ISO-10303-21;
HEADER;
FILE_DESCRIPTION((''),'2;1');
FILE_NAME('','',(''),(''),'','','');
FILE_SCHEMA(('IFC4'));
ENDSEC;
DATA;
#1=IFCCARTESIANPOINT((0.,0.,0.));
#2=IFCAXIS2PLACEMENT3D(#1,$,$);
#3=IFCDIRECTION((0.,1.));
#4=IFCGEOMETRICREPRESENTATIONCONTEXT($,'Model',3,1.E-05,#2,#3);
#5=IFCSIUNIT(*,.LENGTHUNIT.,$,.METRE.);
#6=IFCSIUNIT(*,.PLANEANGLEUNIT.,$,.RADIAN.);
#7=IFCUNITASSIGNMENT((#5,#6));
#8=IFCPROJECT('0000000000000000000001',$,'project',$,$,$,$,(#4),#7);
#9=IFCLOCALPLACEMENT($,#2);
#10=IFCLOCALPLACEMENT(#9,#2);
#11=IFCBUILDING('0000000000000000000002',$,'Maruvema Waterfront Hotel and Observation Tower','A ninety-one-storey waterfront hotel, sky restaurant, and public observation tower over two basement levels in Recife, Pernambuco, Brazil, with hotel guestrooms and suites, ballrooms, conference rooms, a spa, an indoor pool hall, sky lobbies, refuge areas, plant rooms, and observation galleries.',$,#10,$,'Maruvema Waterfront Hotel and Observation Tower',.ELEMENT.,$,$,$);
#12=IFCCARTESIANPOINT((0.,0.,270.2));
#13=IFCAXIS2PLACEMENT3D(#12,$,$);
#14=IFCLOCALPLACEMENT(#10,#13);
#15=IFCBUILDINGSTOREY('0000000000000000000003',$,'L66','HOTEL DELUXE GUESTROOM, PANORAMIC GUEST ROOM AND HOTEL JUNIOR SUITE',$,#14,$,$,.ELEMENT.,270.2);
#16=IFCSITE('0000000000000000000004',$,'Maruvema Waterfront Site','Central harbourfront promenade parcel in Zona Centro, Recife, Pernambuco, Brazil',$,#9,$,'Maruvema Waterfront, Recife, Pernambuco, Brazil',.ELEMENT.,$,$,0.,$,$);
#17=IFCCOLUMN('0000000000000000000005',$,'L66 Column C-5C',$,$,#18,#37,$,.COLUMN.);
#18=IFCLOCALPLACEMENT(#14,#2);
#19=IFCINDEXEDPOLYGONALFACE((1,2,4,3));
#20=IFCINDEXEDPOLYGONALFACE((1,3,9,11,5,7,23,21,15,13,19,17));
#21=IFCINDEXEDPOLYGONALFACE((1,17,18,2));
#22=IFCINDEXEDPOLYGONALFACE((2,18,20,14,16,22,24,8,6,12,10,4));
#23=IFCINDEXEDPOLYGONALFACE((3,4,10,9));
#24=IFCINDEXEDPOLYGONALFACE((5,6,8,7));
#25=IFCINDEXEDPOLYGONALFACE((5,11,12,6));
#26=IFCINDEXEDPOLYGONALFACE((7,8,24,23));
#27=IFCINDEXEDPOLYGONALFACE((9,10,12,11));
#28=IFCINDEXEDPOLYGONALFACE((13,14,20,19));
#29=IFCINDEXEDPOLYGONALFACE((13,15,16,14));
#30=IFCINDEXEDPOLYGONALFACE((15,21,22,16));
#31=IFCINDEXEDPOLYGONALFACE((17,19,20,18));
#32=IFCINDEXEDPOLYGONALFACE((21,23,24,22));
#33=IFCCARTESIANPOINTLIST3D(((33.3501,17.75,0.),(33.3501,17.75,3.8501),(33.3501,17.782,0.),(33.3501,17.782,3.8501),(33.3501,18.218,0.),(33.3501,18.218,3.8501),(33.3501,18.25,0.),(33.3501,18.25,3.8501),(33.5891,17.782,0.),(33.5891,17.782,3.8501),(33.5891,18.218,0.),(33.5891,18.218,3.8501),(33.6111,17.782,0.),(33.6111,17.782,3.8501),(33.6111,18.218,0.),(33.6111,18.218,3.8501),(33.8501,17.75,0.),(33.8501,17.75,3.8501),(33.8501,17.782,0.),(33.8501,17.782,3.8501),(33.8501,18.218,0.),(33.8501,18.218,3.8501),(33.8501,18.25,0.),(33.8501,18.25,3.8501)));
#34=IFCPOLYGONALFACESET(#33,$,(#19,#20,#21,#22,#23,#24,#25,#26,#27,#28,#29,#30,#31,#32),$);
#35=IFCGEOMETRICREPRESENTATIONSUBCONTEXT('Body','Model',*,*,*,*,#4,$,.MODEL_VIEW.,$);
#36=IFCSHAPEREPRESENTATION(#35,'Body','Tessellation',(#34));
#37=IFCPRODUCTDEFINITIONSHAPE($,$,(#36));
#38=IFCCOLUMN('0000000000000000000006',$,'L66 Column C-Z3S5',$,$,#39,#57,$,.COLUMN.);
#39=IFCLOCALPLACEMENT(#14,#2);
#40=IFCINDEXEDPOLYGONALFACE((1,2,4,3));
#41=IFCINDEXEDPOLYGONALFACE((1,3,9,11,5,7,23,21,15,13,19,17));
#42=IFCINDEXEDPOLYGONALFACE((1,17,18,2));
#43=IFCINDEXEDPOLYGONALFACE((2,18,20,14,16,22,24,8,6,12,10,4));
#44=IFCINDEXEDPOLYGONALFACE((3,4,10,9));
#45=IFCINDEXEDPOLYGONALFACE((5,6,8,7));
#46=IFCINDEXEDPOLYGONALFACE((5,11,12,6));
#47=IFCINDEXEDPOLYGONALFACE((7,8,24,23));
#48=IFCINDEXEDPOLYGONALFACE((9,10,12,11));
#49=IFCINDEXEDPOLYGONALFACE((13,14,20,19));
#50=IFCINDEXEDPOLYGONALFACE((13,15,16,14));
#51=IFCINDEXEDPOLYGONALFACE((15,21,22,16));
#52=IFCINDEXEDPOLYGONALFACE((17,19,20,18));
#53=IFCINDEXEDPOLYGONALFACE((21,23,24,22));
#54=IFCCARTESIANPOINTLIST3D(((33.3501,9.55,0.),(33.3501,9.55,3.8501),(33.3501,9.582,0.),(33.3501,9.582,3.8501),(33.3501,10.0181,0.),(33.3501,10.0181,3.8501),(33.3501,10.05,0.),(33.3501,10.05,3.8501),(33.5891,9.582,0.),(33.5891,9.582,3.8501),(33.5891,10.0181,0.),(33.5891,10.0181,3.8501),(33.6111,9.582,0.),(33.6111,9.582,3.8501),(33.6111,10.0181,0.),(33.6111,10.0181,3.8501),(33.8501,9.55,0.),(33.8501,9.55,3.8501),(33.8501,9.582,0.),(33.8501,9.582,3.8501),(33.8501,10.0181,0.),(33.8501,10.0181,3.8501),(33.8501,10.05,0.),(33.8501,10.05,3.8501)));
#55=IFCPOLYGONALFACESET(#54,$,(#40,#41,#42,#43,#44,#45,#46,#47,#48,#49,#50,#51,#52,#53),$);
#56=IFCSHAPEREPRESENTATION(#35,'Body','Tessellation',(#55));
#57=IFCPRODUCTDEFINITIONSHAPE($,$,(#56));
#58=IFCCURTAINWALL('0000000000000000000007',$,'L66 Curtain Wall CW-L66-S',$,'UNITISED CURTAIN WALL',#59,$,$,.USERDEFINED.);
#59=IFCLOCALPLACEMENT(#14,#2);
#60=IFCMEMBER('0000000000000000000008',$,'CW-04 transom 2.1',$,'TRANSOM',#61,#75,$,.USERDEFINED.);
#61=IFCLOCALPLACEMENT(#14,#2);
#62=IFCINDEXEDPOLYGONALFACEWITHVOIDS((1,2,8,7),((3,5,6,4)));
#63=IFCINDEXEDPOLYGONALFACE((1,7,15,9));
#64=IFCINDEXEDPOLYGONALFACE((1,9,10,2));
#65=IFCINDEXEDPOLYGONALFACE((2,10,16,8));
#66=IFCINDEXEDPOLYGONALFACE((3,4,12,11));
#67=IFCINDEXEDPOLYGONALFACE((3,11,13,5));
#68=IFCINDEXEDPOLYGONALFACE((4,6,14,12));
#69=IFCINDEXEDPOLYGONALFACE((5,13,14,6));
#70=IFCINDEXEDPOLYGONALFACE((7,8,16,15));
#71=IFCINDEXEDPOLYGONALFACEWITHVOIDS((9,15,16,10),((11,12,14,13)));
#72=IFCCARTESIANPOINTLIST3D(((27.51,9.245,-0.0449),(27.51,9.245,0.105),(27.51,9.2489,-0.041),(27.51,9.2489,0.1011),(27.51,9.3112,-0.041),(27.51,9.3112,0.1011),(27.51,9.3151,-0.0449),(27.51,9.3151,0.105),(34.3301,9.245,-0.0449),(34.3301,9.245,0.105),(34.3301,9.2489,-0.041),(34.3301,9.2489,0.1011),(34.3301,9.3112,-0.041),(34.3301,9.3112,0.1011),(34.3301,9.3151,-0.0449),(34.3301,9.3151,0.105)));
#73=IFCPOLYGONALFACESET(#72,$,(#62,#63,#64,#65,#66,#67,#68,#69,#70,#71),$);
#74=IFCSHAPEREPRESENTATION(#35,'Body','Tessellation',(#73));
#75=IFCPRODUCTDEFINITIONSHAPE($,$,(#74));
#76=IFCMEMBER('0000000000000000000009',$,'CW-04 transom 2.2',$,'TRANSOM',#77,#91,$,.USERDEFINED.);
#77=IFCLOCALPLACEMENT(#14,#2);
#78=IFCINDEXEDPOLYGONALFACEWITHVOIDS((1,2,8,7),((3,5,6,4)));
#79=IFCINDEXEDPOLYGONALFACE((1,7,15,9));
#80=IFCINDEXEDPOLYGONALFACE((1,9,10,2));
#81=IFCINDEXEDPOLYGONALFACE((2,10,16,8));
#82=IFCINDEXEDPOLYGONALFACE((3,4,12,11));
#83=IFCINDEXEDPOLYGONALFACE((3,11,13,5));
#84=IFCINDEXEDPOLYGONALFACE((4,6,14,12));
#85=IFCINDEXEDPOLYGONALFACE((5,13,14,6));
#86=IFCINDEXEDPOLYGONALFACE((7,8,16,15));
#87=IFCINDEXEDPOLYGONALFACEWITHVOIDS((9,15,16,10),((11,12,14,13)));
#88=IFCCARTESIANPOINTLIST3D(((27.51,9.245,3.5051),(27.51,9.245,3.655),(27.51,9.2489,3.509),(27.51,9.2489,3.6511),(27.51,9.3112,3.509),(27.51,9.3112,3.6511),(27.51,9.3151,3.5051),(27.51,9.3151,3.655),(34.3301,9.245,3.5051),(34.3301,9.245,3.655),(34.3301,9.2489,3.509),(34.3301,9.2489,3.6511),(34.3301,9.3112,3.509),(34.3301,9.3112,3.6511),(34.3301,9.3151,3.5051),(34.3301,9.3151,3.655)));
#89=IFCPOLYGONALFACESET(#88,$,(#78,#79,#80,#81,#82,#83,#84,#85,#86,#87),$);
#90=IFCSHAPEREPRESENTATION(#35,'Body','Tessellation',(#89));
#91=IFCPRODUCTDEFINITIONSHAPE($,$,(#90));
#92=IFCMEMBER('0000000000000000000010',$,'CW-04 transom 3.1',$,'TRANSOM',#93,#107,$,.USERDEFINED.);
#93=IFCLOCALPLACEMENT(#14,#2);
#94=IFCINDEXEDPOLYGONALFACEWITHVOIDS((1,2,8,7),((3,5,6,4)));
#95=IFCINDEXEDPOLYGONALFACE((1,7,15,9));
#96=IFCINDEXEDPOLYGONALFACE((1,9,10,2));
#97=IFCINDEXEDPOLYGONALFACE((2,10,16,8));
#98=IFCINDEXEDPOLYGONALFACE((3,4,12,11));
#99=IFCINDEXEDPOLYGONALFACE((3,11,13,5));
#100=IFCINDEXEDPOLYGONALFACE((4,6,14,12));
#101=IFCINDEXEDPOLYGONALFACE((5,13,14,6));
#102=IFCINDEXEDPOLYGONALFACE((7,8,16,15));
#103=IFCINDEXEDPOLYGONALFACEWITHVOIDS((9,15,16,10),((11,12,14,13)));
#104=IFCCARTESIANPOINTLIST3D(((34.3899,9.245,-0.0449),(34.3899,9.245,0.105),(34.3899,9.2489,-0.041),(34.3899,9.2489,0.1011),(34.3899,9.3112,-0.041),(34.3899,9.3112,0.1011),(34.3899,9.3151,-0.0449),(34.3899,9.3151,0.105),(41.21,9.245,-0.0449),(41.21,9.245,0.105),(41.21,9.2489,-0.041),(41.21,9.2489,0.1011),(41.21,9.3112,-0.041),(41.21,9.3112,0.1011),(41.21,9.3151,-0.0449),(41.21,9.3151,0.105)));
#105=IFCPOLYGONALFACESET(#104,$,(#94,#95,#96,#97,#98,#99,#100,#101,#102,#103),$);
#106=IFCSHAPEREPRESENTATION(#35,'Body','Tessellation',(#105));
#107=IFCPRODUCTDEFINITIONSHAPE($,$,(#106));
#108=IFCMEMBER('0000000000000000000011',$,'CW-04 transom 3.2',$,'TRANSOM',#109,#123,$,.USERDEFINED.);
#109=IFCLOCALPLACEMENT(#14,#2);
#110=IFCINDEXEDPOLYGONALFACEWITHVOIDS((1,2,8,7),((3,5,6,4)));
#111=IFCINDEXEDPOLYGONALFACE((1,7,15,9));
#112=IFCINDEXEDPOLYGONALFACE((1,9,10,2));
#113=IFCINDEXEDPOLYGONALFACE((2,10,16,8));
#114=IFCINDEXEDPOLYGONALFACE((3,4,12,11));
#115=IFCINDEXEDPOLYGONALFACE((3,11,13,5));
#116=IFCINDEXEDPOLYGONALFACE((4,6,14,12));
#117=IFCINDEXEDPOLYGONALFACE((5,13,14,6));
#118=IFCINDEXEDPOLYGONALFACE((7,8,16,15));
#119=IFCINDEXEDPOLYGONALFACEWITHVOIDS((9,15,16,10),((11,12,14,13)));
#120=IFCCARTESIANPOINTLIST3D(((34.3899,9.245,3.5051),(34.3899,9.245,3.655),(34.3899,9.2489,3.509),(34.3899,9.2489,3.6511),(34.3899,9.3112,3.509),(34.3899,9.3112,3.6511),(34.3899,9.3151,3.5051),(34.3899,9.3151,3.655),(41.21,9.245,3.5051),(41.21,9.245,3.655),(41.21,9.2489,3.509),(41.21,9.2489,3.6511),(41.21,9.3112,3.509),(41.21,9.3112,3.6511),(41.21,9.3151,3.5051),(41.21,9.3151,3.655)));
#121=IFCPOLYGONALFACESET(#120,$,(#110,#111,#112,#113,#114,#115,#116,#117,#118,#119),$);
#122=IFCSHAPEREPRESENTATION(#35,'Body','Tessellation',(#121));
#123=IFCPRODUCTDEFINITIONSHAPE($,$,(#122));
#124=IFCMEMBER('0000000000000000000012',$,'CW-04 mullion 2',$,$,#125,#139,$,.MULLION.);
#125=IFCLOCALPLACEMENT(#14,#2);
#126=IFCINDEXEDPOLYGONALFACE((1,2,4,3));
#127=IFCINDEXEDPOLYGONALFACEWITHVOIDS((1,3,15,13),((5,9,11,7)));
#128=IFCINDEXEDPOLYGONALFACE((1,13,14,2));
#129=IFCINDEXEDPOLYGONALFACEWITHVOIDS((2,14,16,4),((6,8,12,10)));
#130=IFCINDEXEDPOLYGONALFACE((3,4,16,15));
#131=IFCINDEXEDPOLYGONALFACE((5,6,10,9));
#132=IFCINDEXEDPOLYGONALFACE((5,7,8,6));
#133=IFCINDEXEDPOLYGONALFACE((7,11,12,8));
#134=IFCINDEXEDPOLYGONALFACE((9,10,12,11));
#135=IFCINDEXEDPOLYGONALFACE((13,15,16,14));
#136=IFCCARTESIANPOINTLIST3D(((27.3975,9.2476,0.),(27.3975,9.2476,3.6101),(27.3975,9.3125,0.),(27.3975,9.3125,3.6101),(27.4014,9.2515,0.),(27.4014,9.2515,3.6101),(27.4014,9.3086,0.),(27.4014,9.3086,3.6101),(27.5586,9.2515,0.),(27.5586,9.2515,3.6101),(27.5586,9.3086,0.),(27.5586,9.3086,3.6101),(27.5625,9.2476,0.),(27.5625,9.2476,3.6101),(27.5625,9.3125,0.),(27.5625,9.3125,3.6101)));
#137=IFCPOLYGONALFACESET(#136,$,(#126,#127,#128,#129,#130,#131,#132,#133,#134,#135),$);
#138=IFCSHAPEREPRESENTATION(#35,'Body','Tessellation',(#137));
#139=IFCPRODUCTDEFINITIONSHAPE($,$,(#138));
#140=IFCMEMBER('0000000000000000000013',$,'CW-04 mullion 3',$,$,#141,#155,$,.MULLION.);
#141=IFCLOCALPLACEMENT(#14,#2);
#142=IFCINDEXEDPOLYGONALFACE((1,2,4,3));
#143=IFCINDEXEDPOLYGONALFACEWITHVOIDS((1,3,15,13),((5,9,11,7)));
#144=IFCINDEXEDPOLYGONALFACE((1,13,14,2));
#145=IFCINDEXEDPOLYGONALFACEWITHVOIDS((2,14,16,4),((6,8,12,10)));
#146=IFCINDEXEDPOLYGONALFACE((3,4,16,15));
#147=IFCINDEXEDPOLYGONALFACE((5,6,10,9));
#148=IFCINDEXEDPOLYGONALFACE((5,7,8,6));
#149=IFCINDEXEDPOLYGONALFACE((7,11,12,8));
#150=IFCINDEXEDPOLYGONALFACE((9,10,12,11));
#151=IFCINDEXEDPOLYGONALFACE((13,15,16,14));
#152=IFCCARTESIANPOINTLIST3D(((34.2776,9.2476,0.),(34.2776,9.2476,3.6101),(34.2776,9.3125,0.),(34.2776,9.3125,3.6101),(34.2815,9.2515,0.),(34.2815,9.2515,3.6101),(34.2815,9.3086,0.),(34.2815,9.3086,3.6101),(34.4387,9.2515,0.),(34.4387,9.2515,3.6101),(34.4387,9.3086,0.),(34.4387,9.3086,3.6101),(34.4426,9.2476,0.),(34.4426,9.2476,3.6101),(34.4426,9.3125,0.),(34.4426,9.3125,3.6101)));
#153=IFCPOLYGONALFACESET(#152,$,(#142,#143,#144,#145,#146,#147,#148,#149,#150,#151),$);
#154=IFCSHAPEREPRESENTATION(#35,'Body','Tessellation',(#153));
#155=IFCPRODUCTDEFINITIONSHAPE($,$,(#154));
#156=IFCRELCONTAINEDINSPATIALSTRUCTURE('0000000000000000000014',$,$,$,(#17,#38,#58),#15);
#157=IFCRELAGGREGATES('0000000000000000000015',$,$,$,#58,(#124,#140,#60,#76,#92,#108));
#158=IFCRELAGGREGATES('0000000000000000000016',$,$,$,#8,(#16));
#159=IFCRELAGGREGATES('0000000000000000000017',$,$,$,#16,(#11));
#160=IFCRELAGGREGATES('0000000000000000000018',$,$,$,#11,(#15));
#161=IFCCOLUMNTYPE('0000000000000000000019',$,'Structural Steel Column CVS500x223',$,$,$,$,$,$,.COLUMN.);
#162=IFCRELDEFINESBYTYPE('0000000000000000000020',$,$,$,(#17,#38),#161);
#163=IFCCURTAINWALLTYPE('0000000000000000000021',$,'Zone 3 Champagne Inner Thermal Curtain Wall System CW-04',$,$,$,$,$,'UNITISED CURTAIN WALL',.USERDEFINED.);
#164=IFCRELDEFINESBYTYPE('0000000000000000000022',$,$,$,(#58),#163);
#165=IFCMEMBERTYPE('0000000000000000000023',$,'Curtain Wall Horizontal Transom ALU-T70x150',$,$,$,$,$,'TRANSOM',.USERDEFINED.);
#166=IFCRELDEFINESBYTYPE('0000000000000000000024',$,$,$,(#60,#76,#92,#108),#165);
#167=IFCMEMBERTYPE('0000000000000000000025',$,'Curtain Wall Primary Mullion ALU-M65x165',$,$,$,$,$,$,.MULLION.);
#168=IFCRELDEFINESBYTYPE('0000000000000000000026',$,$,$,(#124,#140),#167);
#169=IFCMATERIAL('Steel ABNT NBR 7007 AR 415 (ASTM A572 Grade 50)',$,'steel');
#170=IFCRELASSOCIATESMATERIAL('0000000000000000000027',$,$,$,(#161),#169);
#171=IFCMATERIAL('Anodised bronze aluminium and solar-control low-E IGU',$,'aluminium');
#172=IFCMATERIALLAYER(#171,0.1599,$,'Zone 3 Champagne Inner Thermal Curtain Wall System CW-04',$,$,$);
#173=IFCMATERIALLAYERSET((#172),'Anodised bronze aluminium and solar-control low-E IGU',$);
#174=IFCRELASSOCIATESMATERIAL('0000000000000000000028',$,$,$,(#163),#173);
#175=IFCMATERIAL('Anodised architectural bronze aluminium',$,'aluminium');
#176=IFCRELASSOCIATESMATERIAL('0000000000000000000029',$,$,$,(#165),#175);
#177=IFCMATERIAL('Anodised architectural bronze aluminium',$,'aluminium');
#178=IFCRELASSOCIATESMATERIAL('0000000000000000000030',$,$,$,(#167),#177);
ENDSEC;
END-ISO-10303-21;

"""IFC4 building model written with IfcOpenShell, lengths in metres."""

from ifc_helpers import new_model, si_unit, direction, frame, origin, origin_2d, place, context, subcontext, project, spatial, hollow_rectangle, i_section, extrude, material, layer, layer_set, material_profile, profile_set, type_object, element, aggregate, save


model = new_model("IFC4")

# Units and contexts
model_context = context("Model", 3, precision=1e-05, world=origin(), true_north=direction((0.0, 1.0)))
body_context = subcontext(model_context, "Body", "Model", "MODEL_VIEW")
ifc_project = project(units=[si_unit("LENGTHUNIT", "METRE"), si_unit("PLANEANGLEUNIT", "RADIAN")], contexts=[model_context])

# Site, building, storey
site_placement = place(None, origin())
site = spatial("IfcSite", under=ifc_project, at=site_placement, Name="Maruvema Waterfront Site", Description="Central harbourfront promenade parcel in Zona Centro, Recife, Pernambuco, Brazil", LongName="Maruvema Waterfront, Recife, Pernambuco, Brazil", CompositionType="ELEMENT", RefElevation=0.0)
building_placement = place(site_placement, origin())
building = spatial("IfcBuilding", under=site, at=building_placement, Name="Maruvema Waterfront Hotel and Observation Tower", Description="A ninety-one-storey waterfront hotel, sky restaurant, and public observation tower over two basement levels in Recife, Pernambuco, Brazil, with hotel guestrooms and suites, ballrooms, conference rooms, a spa, an indoor pool hall, sky lobbies, refuge areas, plant rooms, and observation galleries.", LongName="Maruvema Waterfront Hotel and Observation Tower", CompositionType="ELEMENT")
storey_placement = place(building_placement, frame((0.0, 0.0, 270.2)))
storey = spatial("IfcBuildingStorey", under=building, at=storey_placement, Name="L66", Description="HOTEL DELUXE GUESTROOM, PANORAMIC GUEST ROOM AND HOTEL JUNIOR SUITE", CompositionType="ELEMENT", Elevation=270.2)

# Columns
ifc_material_1 = material(Name="Steel ABNT NBR 7007 AR 415 (ASTM A572 Grade 50)", Category="steel")
ifc_material_profile_1 = material_profile(ifc_material_1, i_section(OverallWidth=0.5, OverallDepth=0.5, WebThickness=0.022, FlangeThickness=0.032, at=origin_2d()), Name="CVS500x223")
ifc_profile_set_1 = profile_set([ifc_material_profile_1], Name="Steel ABNT NBR 7007 AR 415 (ASTM A572 Grade 50)")
column_type = type_object("IfcColumnType", Name="Structural Steel Column CVS500x223", PredefinedType="COLUMN", material=ifc_profile_set_1)
for number, where, z_axis, x_axis, name in (
    (1, (33.6001, 18.0, 0.0), (0.0, 0.0, 1.0), (1.0, 0.0, 0.0), "L66 Column C-5C"),
    (2, (33.6001, 9.8, 0.0), (0.0, 0.0, 1.0), (1.0, 0.0, 0.0), "L66 Column C-Z3S5"),
):
    element("IfcColumn", number, at=place(storey_placement, frame(where, z_axis=z_axis, x_axis=x_axis)), inside=storey, type_object=column_type, Name=name, PredefinedType="COLUMN", context=body_context, shape_type="SweptSolid", body=[
        extrude(i_section(OverallWidth=0.5, OverallDepth=0.5, WebThickness=0.022, FlangeThickness=0.032, at=origin_2d()), origin(), (0.0, 0.0, 1.0), 3.8501),
    ])

# Curtain wall, members
ifc_material_2 = material(Name="Anodised bronze aluminium and solar-control low-E IGU", Category="aluminium")
ifc_layer_1 = layer(ifc_material_2, 0.1599, Name="Zone 3 Champagne Inner Thermal Curtain Wall System CW-04")
ifc_layer_set_1 = layer_set([ifc_layer_1], Name="Anodised bronze aluminium and solar-control low-E IGU")
curtain_wall_type = type_object("IfcCurtainWallType", Name="Zone 3 Champagne Inner Thermal Curtain Wall System CW-04", ElementType="UNITISED CURTAIN WALL", PredefinedType="USERDEFINED", material=ifc_layer_set_1)
curtain_wall_placement = place(storey_placement, origin())
curtain_wall = element("IfcCurtainWall", 3, at=curtain_wall_placement, inside=storey, type_object=curtain_wall_type, Name="L66 Curtain Wall CW-L66-S", ObjectType="UNITISED CURTAIN WALL", PredefinedType="USERDEFINED")
ifc_material_3 = material(Name="Anodised architectural bronze aluminium", Category="aluminium")
ifc_material_profile_2 = material_profile(ifc_material_3, hollow_rectangle(XDim=0.0701, YDim=0.1499, WallThickness=0.0039, at=origin_2d()), Name="ALU-T70x150")
ifc_profile_set_2 = profile_set([ifc_material_profile_2], Name="Anodised architectural bronze aluminium")
member_type_1 = type_object("IfcMemberType", Name="Curtain Wall Horizontal Transom ALU-T70x150", ElementType="TRANSOM", PredefinedType="USERDEFINED", material=ifc_profile_set_2)
member_1_placement = place(storey_placement, frame((27.51, 9.28, 0.03), z_axis=(1.0, 0.0, 0.0), x_axis=(0.0, 1.0, 0.0)))
member_1 = element("IfcMember", 4, at=member_1_placement, type_object=member_type_1, Name="CW-04 transom 2.1", ObjectType="TRANSOM", PredefinedType="USERDEFINED", context=body_context, shape_type="SweptSolid", body=[
    extrude(hollow_rectangle(XDim=0.0701, YDim=0.1499, WallThickness=0.0039, at=origin_2d()), origin(), (0.0, 0.0, 1.0), 6.8201),
])
member_2_placement = place(storey_placement, frame((27.51, 9.28, 3.5801), z_axis=(1.0, 0.0, 0.0), x_axis=(0.0, 1.0, 0.0)))
member_2 = element("IfcMember", 5, at=member_2_placement, type_object=member_type_1, Name="CW-04 transom 2.2", ObjectType="TRANSOM", PredefinedType="USERDEFINED", context=body_context, shape_type="SweptSolid", body=[
    extrude(hollow_rectangle(XDim=0.0701, YDim=0.1499, WallThickness=0.0039, at=origin_2d()), origin(), (0.0, 0.0, 1.0), 6.8201),
])
member_3_placement = place(storey_placement, frame((34.3899, 9.28, 0.03), z_axis=(1.0, 0.0, 0.0), x_axis=(0.0, 1.0, 0.0)))
member_3 = element("IfcMember", 6, at=member_3_placement, type_object=member_type_1, Name="CW-04 transom 3.1", ObjectType="TRANSOM", PredefinedType="USERDEFINED", context=body_context, shape_type="SweptSolid", body=[
    extrude(hollow_rectangle(XDim=0.0701, YDim=0.1499, WallThickness=0.0039, at=origin_2d()), origin(), (0.0, 0.0, 1.0), 6.8201),
])
member_4_placement = place(storey_placement, frame((34.3899, 9.28, 3.5801), z_axis=(1.0, 0.0, 0.0), x_axis=(0.0, 1.0, 0.0)))
member_4 = element("IfcMember", 7, at=member_4_placement, type_object=member_type_1, Name="CW-04 transom 3.2", ObjectType="TRANSOM", PredefinedType="USERDEFINED", context=body_context, shape_type="SweptSolid", body=[
    extrude(hollow_rectangle(XDim=0.0701, YDim=0.1499, WallThickness=0.0039, at=origin_2d()), origin(), (0.0, 0.0, 1.0), 6.8201),
])
ifc_material_4 = material(Name="Anodised architectural bronze aluminium", Category="aluminium")
ifc_material_profile_3 = material_profile(ifc_material_4, hollow_rectangle(XDim=0.0649, YDim=0.165, WallThickness=0.0039, at=origin_2d()), Name="ALU-M65x165")
ifc_profile_set_3 = profile_set([ifc_material_profile_3], Name="Anodised architectural bronze aluminium")
member_type_2 = type_object("IfcMemberType", Name="Curtain Wall Primary Mullion ALU-M65x165", PredefinedType="MULLION", material=ifc_profile_set_3)
member_5_placement = place(storey_placement, frame((27.48, 9.28, 0.0), z_axis=(0.0, 0.0, 1.0), x_axis=(0.0, 1.0, 0.0)))
member_5 = element("IfcMember", 8, at=member_5_placement, type_object=member_type_2, Name="CW-04 mullion 2", PredefinedType="MULLION", context=body_context, shape_type="SweptSolid", body=[
    extrude(hollow_rectangle(XDim=0.0649, YDim=0.165, WallThickness=0.0039, at=origin_2d()), origin(), (0.0, 0.0, 1.0), 3.6101),
])
member_6_placement = place(storey_placement, frame((34.3601, 9.28, 0.0), z_axis=(0.0, 0.0, 1.0), x_axis=(0.0, 1.0, 0.0)))
member_6 = element("IfcMember", 9, at=member_6_placement, type_object=member_type_2, Name="CW-04 mullion 3", PredefinedType="MULLION", context=body_context, shape_type="SweptSolid", body=[
    extrude(hollow_rectangle(XDim=0.0649, YDim=0.165, WallThickness=0.0039, at=origin_2d()), origin(), (0.0, 0.0, 1.0), 3.6101),
])

aggregate(curtain_wall, [member_5, member_6, member_1, member_2, member_3, member_4])

save(model, "model.ifc")
